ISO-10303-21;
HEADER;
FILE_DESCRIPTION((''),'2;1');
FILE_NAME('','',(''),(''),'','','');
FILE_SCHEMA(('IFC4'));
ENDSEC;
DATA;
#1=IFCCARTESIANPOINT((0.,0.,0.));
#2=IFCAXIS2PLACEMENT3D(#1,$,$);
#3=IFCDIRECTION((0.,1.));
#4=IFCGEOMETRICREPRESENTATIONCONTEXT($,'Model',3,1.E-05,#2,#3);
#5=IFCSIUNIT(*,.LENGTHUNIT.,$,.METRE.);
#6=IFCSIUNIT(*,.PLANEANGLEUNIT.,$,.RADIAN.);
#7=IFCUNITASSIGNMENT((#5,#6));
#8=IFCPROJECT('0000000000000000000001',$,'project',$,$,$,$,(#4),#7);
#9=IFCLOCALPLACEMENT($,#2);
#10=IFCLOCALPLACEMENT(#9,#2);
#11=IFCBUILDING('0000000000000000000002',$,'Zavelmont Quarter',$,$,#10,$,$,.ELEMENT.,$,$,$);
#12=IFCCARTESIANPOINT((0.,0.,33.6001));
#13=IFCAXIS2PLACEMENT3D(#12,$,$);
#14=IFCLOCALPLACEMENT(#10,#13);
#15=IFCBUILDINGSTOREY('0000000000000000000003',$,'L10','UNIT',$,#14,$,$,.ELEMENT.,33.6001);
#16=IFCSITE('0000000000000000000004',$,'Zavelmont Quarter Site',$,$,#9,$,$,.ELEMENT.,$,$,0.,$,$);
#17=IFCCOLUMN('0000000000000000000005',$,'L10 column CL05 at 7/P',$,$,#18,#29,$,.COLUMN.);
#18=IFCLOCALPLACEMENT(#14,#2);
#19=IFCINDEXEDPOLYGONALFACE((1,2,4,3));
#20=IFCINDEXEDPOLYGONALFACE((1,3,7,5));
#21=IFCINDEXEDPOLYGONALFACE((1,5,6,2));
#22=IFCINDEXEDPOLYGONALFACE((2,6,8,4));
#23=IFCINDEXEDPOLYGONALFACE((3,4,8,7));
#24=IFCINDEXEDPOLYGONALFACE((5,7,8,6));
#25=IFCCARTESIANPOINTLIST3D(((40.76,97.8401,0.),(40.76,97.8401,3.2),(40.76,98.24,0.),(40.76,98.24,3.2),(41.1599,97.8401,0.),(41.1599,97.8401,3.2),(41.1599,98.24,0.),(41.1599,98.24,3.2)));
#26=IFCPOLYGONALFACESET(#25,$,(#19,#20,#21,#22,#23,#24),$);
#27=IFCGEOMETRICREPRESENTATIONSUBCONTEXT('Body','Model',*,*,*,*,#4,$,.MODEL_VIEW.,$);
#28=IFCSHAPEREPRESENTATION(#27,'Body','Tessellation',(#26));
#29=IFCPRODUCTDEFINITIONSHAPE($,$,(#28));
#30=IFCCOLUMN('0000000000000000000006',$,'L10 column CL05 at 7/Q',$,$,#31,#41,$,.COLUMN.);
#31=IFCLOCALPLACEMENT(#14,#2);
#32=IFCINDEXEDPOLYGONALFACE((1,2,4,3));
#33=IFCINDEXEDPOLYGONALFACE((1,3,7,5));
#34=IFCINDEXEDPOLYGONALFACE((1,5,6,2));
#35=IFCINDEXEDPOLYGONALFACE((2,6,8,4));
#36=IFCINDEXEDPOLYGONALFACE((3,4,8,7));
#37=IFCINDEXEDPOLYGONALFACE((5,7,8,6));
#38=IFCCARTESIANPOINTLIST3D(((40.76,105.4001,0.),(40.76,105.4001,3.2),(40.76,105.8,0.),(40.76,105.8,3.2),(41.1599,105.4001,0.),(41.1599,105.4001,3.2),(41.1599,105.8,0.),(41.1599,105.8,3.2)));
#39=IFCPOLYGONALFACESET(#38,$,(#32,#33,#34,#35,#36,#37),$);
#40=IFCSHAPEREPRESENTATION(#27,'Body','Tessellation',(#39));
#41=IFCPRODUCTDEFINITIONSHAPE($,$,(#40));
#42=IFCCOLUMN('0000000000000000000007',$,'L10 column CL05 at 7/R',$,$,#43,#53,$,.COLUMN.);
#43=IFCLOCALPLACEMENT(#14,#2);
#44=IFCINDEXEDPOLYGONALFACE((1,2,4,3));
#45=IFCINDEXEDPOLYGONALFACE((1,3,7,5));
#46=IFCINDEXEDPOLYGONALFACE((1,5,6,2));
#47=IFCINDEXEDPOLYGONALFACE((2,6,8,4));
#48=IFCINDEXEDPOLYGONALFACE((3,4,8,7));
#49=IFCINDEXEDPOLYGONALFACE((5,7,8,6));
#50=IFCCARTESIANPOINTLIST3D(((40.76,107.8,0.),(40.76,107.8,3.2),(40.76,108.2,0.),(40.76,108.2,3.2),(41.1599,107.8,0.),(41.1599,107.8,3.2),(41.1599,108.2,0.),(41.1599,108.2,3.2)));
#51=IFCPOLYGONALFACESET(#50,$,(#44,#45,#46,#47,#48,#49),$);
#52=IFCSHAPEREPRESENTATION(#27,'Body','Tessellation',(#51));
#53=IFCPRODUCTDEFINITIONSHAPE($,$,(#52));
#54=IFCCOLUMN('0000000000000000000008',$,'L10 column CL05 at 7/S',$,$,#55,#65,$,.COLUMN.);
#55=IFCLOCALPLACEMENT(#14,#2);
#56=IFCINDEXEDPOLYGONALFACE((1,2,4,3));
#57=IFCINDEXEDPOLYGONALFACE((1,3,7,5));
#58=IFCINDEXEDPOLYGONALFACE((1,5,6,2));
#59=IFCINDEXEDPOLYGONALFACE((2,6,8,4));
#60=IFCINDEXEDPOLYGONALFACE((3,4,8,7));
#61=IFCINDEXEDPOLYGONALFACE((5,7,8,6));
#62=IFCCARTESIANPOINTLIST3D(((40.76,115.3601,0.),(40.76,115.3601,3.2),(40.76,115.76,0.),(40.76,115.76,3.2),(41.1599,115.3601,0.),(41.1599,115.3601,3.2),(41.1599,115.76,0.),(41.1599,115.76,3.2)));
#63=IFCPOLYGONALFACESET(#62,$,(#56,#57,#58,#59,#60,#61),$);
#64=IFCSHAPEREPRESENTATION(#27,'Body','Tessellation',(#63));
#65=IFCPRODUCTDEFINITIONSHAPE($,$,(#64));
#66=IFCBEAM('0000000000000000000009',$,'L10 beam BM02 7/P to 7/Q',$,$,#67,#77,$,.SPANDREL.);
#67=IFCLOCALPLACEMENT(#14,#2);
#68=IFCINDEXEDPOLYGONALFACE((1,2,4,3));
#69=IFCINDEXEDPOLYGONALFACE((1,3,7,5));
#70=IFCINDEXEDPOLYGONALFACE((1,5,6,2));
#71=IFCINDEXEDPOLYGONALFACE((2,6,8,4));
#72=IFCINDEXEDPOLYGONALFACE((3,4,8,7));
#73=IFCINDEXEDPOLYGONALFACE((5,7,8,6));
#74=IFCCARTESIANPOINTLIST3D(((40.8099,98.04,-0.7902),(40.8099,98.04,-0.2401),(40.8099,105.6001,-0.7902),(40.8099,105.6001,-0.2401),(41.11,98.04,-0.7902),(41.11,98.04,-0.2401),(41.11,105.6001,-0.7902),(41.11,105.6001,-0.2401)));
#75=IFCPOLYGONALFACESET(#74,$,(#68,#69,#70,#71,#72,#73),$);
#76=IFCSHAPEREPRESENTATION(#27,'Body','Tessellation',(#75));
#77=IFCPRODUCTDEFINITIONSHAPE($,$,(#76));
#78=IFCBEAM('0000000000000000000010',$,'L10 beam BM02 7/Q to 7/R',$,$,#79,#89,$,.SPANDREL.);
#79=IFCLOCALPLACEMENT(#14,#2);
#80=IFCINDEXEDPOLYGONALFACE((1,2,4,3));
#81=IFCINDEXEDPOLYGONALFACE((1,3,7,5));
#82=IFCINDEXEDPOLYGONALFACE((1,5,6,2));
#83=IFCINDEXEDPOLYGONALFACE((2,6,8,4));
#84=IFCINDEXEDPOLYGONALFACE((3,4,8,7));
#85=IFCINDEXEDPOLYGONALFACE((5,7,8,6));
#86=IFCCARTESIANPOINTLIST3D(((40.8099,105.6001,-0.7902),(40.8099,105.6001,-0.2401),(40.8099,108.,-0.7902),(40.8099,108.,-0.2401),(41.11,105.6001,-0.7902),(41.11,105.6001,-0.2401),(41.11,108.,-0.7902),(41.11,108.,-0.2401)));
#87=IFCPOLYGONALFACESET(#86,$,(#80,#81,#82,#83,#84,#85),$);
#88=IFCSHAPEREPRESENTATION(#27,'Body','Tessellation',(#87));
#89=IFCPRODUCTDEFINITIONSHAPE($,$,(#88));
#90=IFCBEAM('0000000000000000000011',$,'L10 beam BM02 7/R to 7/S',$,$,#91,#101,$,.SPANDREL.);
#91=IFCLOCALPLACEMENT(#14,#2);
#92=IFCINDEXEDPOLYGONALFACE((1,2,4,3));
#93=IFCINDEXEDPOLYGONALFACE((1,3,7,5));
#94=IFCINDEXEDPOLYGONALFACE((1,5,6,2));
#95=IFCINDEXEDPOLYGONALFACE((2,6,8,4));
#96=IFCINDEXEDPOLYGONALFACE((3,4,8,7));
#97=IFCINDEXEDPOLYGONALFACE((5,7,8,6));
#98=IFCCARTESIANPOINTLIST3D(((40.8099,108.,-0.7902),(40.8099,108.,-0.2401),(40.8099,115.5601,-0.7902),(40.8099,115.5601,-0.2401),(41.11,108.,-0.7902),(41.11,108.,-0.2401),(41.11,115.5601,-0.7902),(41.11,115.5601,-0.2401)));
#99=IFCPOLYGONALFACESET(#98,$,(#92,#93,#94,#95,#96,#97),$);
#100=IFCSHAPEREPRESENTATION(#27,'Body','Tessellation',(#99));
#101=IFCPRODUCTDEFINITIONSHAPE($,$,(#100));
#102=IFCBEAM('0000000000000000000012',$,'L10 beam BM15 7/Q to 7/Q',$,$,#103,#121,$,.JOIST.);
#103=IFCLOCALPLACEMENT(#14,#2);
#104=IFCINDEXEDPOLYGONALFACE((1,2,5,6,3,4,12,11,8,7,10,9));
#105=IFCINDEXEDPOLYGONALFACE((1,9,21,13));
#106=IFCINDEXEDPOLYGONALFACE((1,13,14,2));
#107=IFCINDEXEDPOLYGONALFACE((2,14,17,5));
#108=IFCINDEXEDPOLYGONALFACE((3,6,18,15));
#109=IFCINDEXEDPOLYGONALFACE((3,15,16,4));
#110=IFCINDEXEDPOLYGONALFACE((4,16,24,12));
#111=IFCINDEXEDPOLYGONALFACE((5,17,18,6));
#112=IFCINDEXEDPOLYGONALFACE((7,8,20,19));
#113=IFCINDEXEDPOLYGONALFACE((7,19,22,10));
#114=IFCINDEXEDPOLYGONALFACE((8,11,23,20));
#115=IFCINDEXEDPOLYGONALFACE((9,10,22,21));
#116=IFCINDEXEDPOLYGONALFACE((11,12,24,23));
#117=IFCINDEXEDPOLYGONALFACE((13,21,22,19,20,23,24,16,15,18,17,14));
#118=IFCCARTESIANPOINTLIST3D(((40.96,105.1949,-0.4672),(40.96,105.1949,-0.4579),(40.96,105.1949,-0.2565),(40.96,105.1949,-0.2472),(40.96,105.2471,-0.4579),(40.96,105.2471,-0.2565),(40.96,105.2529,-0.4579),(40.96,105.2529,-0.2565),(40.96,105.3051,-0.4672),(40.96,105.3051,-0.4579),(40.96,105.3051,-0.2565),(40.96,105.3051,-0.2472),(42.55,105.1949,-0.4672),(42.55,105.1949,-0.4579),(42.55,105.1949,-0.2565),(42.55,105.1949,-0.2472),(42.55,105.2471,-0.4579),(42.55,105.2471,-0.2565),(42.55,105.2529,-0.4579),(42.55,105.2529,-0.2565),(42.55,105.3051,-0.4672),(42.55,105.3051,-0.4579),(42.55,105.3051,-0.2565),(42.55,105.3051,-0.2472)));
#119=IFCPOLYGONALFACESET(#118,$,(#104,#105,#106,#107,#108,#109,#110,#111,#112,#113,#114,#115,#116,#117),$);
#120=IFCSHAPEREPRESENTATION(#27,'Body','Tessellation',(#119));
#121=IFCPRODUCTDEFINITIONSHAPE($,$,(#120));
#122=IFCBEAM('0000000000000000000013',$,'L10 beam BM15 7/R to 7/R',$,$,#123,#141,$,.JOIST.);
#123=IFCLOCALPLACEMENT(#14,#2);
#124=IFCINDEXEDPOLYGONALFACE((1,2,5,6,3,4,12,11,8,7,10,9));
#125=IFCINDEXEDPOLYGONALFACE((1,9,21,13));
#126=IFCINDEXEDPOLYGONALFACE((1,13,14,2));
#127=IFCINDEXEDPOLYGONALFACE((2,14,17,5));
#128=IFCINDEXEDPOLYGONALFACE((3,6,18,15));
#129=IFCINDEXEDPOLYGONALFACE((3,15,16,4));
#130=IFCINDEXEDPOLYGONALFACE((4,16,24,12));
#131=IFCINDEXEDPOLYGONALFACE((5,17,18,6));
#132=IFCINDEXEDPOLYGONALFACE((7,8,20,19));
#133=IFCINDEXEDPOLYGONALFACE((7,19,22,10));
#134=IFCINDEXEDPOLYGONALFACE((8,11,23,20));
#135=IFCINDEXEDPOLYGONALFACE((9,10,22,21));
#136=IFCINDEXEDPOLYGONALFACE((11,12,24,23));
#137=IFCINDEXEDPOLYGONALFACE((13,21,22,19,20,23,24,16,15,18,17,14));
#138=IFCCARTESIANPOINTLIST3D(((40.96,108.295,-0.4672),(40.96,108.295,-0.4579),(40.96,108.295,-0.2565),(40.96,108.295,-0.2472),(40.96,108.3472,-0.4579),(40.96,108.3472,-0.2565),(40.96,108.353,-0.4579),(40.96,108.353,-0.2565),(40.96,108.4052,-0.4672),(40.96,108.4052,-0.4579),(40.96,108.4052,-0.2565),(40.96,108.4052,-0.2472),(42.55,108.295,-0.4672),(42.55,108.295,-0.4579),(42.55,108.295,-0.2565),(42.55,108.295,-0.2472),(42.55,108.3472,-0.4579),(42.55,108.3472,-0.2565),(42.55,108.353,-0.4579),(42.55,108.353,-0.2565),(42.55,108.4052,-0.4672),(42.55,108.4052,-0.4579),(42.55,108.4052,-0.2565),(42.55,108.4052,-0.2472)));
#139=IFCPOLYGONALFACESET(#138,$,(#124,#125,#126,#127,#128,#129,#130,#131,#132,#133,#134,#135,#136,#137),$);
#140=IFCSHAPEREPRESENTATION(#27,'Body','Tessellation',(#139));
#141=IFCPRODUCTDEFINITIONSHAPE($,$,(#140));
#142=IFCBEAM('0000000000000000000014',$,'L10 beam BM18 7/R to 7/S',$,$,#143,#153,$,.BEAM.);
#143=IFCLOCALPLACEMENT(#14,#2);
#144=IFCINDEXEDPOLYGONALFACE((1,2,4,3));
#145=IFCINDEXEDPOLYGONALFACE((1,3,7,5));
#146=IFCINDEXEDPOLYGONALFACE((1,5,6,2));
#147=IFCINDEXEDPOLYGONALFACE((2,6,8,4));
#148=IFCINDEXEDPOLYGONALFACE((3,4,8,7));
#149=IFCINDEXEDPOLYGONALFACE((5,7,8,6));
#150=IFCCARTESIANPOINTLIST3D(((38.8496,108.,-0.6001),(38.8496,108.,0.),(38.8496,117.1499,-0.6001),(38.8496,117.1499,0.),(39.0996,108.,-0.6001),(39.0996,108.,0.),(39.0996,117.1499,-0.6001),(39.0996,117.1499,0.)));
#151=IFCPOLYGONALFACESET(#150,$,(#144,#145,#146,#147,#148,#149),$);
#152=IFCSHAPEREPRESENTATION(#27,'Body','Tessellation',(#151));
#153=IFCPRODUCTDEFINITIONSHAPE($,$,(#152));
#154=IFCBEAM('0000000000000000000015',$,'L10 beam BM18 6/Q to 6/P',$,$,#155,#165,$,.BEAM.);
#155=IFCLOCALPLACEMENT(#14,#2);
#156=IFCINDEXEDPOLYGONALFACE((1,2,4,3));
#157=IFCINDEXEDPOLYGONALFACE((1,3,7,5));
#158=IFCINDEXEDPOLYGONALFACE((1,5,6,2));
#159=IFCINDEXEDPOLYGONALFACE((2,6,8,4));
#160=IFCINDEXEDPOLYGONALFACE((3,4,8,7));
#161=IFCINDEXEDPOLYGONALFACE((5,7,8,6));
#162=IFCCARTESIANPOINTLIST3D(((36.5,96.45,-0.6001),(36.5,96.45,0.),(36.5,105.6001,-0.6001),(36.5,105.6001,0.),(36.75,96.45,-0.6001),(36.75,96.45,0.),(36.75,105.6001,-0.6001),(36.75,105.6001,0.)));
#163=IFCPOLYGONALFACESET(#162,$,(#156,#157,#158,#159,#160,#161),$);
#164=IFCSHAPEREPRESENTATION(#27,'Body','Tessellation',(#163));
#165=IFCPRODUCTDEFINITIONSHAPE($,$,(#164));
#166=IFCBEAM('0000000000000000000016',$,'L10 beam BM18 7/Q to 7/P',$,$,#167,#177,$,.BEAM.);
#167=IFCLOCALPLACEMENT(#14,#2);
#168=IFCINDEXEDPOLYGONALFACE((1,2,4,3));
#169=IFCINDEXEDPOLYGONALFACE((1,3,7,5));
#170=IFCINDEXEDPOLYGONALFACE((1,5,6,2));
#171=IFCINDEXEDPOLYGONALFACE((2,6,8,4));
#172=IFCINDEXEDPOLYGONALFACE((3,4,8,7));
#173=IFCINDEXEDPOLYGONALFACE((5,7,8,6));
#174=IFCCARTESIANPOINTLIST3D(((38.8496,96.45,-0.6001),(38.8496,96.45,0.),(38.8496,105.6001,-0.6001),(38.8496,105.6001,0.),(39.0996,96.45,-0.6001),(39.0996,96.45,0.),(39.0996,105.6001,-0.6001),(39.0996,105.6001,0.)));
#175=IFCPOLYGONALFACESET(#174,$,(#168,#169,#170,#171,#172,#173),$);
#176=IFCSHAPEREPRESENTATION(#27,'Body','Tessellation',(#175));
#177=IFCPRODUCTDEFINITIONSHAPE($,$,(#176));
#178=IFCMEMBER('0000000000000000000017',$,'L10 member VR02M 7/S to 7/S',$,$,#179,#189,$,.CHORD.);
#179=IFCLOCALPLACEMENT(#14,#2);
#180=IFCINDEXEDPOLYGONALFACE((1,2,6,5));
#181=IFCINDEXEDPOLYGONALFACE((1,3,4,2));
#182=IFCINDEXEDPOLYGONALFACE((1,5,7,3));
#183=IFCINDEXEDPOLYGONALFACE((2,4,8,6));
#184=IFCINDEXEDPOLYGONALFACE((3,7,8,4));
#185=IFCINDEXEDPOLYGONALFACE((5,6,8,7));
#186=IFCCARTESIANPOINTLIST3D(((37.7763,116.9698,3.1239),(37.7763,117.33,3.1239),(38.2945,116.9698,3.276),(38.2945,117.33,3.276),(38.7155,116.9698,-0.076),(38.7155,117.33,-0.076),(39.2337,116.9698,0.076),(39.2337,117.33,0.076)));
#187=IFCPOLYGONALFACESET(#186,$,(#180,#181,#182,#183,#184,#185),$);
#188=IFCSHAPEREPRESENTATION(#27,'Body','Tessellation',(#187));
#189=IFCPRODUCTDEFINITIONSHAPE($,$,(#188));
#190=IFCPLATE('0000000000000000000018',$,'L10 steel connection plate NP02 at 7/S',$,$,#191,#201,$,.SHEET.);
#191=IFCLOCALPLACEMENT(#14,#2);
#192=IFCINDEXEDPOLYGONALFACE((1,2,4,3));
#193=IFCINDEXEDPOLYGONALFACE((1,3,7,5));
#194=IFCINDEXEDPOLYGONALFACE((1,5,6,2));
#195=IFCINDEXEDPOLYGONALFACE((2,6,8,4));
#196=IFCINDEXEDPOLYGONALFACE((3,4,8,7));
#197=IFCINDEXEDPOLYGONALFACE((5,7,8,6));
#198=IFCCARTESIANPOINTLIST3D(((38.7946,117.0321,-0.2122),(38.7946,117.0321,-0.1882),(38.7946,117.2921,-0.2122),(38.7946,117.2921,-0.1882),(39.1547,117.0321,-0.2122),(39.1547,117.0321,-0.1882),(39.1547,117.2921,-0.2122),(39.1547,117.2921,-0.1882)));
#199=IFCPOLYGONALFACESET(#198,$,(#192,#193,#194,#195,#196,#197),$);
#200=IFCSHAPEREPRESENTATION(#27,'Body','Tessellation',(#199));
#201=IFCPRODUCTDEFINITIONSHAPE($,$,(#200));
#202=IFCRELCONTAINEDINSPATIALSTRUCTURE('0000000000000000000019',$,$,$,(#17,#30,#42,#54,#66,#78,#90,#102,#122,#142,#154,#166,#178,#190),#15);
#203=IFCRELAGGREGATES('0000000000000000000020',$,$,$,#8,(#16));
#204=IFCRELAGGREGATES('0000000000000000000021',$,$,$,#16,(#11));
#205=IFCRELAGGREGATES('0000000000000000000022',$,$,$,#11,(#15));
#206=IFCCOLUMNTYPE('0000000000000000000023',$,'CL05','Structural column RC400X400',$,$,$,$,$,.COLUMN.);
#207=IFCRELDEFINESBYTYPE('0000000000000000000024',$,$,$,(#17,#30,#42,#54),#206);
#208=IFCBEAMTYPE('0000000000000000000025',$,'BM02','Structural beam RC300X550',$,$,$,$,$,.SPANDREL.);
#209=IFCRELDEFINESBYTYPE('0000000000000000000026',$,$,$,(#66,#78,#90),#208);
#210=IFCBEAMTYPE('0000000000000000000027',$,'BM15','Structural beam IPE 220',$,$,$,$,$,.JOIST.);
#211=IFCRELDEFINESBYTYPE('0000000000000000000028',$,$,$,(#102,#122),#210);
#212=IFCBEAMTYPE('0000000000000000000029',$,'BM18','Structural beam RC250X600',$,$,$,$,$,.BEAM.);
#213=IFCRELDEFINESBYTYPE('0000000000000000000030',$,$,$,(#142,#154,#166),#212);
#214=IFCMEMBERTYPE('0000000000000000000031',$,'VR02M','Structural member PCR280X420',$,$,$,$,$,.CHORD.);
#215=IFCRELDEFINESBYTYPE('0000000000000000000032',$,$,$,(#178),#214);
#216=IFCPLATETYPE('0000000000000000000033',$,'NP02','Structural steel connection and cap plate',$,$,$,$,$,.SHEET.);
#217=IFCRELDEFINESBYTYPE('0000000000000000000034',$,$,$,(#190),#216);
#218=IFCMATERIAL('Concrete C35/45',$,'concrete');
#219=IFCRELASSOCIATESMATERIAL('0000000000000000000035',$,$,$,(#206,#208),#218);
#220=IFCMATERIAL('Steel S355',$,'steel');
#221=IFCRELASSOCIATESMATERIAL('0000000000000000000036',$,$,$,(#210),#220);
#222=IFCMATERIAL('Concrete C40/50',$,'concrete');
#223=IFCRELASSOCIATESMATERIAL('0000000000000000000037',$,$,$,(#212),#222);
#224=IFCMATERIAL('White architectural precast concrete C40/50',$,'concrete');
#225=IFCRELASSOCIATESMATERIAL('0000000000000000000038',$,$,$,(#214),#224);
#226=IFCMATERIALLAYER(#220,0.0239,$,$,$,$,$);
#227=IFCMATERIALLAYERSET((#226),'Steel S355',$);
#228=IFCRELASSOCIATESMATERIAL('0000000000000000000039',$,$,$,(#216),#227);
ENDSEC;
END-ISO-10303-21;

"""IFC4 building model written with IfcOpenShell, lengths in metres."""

from ifc_helpers import new_model, si_unit, direction, frame, origin, origin_2d, place, context, subcontext, project, spatial, rectangle, i_section, extrude, material, layer, layer_set, material_profile, profile_set, type_object, element, save


model = new_model("IFC4")

# Units and contexts
model_context = context("Model", 3, precision=1e-05, world=origin(), true_north=direction((0.0, 1.0)))
body_context = subcontext(model_context, "Body", "Model", "MODEL_VIEW")
ifc_project = project(units=[si_unit("LENGTHUNIT", "METRE"), si_unit("PLANEANGLEUNIT", "RADIAN")], contexts=[model_context])

# Site, building, storey
site_placement = place(None, origin())
site = spatial("IfcSite", under=ifc_project, at=site_placement, Name="Zavelmont Quarter Site", CompositionType="ELEMENT", RefElevation=0.0)
building_placement = place(site_placement, origin())
building = spatial("IfcBuilding", under=site, at=building_placement, Name="Zavelmont Quarter", CompositionType="ELEMENT")
storey_placement = place(building_placement, frame((0.0, 0.0, 33.6001)))
storey = spatial("IfcBuildingStorey", under=building, at=storey_placement, Name="L10", Description="UNIT", CompositionType="ELEMENT", Elevation=33.6001)

# Columns
ifc_material_1 = material(Name="Concrete C35/45", Category="concrete")
ifc_material_profile_1 = material_profile(ifc_material_1, rectangle(XDim=0.3999, YDim=0.3999, at=origin_2d()), Name="RC400X400")
ifc_profile_set_1 = profile_set([ifc_material_profile_1], Name="Concrete C35/45")
column_type = type_object("IfcColumnType", Name="CL05", Description="Structural column RC400X400", PredefinedType="COLUMN", material=ifc_profile_set_1)
for number, where, z_axis, x_axis, name in (
    (1, (40.96, 98.04, 0.0), (0.0, 0.0, 1.0), (1.0, 0.0, 0.0), "L10 column CL05 at 7/P"),
    (2, (40.96, 105.6001, 0.0), (0.0, 0.0, 1.0), (1.0, 0.0, 0.0), "L10 column CL05 at 7/Q"),
    (3, (40.96, 108.0, 0.0), (0.0, 0.0, 1.0), (1.0, 0.0, 0.0), "L10 column CL05 at 7/R"),
    (4, (40.96, 115.5601, 0.0), (0.0, 0.0, 1.0), (1.0, 0.0, 0.0), "L10 column CL05 at 7/S"),
):
    element("IfcColumn", number, at=place(storey_placement, frame(where, z_axis=z_axis, x_axis=x_axis)), inside=storey, type_object=column_type, Name=name, PredefinedType="COLUMN", context=body_context, shape_type="SweptSolid", body=[
        extrude(rectangle(XDim=0.3999, YDim=0.3999, at=origin_2d()), origin(), (0.0, 0.0, 1.0), 3.2),
    ])

# Beams
ifc_material_profile_2 = material_profile(ifc_material_1, rectangle(XDim=0.3, YDim=0.55, at=origin_2d()), Name="RC300X550")
ifc_profile_set_2 = profile_set([ifc_material_profile_2], Name="Concrete C35/45")
beam_type_1 = type_object("IfcBeamType", Name="BM02", Description="Structural beam RC300X550", PredefinedType="SPANDREL", material=ifc_profile_set_2)
beam_1_placement = place(storey_placement, frame((40.96, 98.04, -0.5151), z_axis=(0.0, 1.0, 0.0), x_axis=(-1.0, 0.0, 0.0)))
element("IfcBeam", 5, at=beam_1_placement, inside=storey, type_object=beam_type_1, Name="L10 beam BM02 7/P to 7/Q", PredefinedType="SPANDREL", context=body_context, shape_type="SweptSolid", body=[
    extrude(rectangle(XDim=0.3, YDim=0.55, at=origin_2d()), origin(), (0.0, 0.0, 1.0), 7.5601),
])
beam_2_placement = place(storey_placement, frame((40.96, 105.6001, -0.5151), z_axis=(0.0, 1.0, 0.0), x_axis=(-1.0, 0.0, 0.0)))
element("IfcBeam", 6, at=beam_2_placement, inside=storey, type_object=beam_type_1, Name="L10 beam BM02 7/Q to 7/R", PredefinedType="SPANDREL", context=body_context, shape_type="SweptSolid", body=[
    extrude(rectangle(XDim=0.3, YDim=0.55, at=origin_2d()), origin(), (0.0, 0.0, 1.0), 2.3999),
])
beam_3_placement = place(storey_placement, frame((40.96, 108.0, -0.5151), z_axis=(0.0, 1.0, 0.0), x_axis=(-1.0, 0.0, 0.0)))
element("IfcBeam", 7, at=beam_3_placement, inside=storey, type_object=beam_type_1, Name="L10 beam BM02 7/R to 7/S", PredefinedType="SPANDREL", context=body_context, shape_type="SweptSolid", body=[
    extrude(rectangle(XDim=0.3, YDim=0.55, at=origin_2d()), origin(), (0.0, 0.0, 1.0), 7.5601),
])
ifc_material_2 = material(Name="Steel S355", Category="steel")
ifc_material_profile_3 = material_profile(ifc_material_2, i_section(OverallWidth=0.1101, OverallDepth=0.22, WebThickness=0.0059, FlangeThickness=0.0093, at=origin_2d()), Name="IPE 220")
ifc_profile_set_3 = profile_set([ifc_material_profile_3], Name="Steel S355")
beam_type_2 = type_object("IfcBeamType", Name="BM15", Description="Structural beam IPE 220", PredefinedType="JOIST", material=ifc_profile_set_3)
for number, where, z_axis, x_axis, name in (
    (8, (40.96, 105.25, -0.3572), (1.0, 0.0, 0.0), (0.0, 1.0, 0.0), "L10 beam BM15 7/Q to 7/Q"),
    (9, (40.96, 108.3501, -0.3572), (1.0, 0.0, 0.0), (0.0, 1.0, 0.0), "L10 beam BM15 7/R to 7/R"),
):
    element("IfcBeam", number, at=place(storey_placement, frame(where, z_axis=z_axis, x_axis=x_axis)), inside=storey, type_object=beam_type_2, Name=name, PredefinedType="JOIST", context=body_context, shape_type="SweptSolid", body=[
        extrude(i_section(OverallWidth=0.1101, OverallDepth=0.22, WebThickness=0.0059, FlangeThickness=0.0093, at=origin_2d()), origin(), (0.0, 0.0, 1.0), 1.5901),
    ])
ifc_material_3 = material(Name="Concrete C40/50", Category="concrete")
ifc_material_profile_4 = material_profile(ifc_material_3, rectangle(XDim=0.25, YDim=0.6001, at=origin_2d()), Name="RC250X600")
ifc_profile_set_4 = profile_set([ifc_material_profile_4], Name="Concrete C40/50")
beam_type_3 = type_object("IfcBeamType", Name="BM18", Description="Structural beam RC250X600", PredefinedType="BEAM", material=ifc_profile_set_4)
beam_4_placement = place(storey_placement, frame((38.9746, 108.0, -0.3), z_axis=(0.0, 1.0, 0.0), x_axis=(-1.0, 0.0, 0.0)))
element("IfcBeam", 10, at=beam_4_placement, inside=storey, type_object=beam_type_3, Name="L10 beam BM18 7/R to 7/S", PredefinedType="BEAM", context=body_context, shape_type="SweptSolid", body=[
    extrude(rectangle(XDim=0.25, YDim=0.6001, at=origin_2d()), origin(), (0.0, 0.0, 1.0), 9.1499),
])
for number, where, z_axis, x_axis, name in (
    (11, (36.625, 105.6001, -0.3), (0.0, -1.0, 0.0), (1.0, 0.0, 0.0), "L10 beam BM18 6/Q to 6/P"),
    (12, (38.9746, 105.6001, -0.3), (0.0, -1.0, 0.0), (1.0, 0.0, 0.0), "L10 beam BM18 7/Q to 7/P"),
):
    element("IfcBeam", number, at=place(storey_placement, frame(where, z_axis=z_axis, x_axis=x_axis)), inside=storey, type_object=beam_type_3, Name=name, PredefinedType="BEAM", context=body_context, shape_type="SweptSolid", body=[
        extrude(rectangle(XDim=0.25, YDim=0.6001, at=origin_2d()), origin(), (0.0, 0.0, 1.0), 9.1501),
    ])

# Member
ifc_material_4 = material(Name="White architectural precast concrete C40/50", Category="concrete")
ifc_material_profile_5 = material_profile(ifc_material_4, rectangle(XDim=0.3601, YDim=0.54, at=origin_2d()), Name="PCR280X420")
ifc_profile_set_5 = profile_set([ifc_material_profile_5], Name="White architectural precast concrete C40/50")
member_type = type_object("IfcMemberType", Name="VR02M", Description="Structural member PCR280X420", PredefinedType="CHORD", material=ifc_profile_set_5)
member_placement = place(storey_placement, frame((38.9746, 117.1499, 0.0), z_axis=(-0.281627, 0.0, 0.959524), x_axis=(0.0, -1.0, 0.0)))
element("IfcMember", 13, at=member_placement, inside=storey, type_object=member_type, Name="L10 member VR02M 7/S to 7/S", PredefinedType="CHORD", context=body_context, shape_type="SweptSolid", body=[
    extrude(rectangle(XDim=0.3601, YDim=0.54, at=origin_2d()), origin(), (0.0, 0.0, 1.0), 3.335),
])

# Plate
ifc_layer_1 = layer(ifc_material_2, 0.0239)
ifc_layer_set_1 = layer_set([ifc_layer_1], Name="Steel S355")
plate_type = type_object("IfcPlateType", Name="NP02", Description="Structural steel connection and cap plate", PredefinedType="SHEET", material=ifc_layer_set_1)
plate_placement = place(storey_placement, frame((38.9746, 117.1621, -0.2122), z_axis=(0.0, 0.0, 1.0), x_axis=(1.0, 0.0, 0.0)))
element("IfcPlate", 14, at=plate_placement, inside=storey, type_object=plate_type, Name="L10 steel connection plate NP02 at 7/S", PredefinedType="SHEET", context=body_context, shape_type="SweptSolid", body=[
    extrude(rectangle(XDim=0.3601, YDim=0.26, at=origin_2d()), origin(), (0.0, 0.0, 1.0), 0.0239),
])

save(model, "model.ifc")
